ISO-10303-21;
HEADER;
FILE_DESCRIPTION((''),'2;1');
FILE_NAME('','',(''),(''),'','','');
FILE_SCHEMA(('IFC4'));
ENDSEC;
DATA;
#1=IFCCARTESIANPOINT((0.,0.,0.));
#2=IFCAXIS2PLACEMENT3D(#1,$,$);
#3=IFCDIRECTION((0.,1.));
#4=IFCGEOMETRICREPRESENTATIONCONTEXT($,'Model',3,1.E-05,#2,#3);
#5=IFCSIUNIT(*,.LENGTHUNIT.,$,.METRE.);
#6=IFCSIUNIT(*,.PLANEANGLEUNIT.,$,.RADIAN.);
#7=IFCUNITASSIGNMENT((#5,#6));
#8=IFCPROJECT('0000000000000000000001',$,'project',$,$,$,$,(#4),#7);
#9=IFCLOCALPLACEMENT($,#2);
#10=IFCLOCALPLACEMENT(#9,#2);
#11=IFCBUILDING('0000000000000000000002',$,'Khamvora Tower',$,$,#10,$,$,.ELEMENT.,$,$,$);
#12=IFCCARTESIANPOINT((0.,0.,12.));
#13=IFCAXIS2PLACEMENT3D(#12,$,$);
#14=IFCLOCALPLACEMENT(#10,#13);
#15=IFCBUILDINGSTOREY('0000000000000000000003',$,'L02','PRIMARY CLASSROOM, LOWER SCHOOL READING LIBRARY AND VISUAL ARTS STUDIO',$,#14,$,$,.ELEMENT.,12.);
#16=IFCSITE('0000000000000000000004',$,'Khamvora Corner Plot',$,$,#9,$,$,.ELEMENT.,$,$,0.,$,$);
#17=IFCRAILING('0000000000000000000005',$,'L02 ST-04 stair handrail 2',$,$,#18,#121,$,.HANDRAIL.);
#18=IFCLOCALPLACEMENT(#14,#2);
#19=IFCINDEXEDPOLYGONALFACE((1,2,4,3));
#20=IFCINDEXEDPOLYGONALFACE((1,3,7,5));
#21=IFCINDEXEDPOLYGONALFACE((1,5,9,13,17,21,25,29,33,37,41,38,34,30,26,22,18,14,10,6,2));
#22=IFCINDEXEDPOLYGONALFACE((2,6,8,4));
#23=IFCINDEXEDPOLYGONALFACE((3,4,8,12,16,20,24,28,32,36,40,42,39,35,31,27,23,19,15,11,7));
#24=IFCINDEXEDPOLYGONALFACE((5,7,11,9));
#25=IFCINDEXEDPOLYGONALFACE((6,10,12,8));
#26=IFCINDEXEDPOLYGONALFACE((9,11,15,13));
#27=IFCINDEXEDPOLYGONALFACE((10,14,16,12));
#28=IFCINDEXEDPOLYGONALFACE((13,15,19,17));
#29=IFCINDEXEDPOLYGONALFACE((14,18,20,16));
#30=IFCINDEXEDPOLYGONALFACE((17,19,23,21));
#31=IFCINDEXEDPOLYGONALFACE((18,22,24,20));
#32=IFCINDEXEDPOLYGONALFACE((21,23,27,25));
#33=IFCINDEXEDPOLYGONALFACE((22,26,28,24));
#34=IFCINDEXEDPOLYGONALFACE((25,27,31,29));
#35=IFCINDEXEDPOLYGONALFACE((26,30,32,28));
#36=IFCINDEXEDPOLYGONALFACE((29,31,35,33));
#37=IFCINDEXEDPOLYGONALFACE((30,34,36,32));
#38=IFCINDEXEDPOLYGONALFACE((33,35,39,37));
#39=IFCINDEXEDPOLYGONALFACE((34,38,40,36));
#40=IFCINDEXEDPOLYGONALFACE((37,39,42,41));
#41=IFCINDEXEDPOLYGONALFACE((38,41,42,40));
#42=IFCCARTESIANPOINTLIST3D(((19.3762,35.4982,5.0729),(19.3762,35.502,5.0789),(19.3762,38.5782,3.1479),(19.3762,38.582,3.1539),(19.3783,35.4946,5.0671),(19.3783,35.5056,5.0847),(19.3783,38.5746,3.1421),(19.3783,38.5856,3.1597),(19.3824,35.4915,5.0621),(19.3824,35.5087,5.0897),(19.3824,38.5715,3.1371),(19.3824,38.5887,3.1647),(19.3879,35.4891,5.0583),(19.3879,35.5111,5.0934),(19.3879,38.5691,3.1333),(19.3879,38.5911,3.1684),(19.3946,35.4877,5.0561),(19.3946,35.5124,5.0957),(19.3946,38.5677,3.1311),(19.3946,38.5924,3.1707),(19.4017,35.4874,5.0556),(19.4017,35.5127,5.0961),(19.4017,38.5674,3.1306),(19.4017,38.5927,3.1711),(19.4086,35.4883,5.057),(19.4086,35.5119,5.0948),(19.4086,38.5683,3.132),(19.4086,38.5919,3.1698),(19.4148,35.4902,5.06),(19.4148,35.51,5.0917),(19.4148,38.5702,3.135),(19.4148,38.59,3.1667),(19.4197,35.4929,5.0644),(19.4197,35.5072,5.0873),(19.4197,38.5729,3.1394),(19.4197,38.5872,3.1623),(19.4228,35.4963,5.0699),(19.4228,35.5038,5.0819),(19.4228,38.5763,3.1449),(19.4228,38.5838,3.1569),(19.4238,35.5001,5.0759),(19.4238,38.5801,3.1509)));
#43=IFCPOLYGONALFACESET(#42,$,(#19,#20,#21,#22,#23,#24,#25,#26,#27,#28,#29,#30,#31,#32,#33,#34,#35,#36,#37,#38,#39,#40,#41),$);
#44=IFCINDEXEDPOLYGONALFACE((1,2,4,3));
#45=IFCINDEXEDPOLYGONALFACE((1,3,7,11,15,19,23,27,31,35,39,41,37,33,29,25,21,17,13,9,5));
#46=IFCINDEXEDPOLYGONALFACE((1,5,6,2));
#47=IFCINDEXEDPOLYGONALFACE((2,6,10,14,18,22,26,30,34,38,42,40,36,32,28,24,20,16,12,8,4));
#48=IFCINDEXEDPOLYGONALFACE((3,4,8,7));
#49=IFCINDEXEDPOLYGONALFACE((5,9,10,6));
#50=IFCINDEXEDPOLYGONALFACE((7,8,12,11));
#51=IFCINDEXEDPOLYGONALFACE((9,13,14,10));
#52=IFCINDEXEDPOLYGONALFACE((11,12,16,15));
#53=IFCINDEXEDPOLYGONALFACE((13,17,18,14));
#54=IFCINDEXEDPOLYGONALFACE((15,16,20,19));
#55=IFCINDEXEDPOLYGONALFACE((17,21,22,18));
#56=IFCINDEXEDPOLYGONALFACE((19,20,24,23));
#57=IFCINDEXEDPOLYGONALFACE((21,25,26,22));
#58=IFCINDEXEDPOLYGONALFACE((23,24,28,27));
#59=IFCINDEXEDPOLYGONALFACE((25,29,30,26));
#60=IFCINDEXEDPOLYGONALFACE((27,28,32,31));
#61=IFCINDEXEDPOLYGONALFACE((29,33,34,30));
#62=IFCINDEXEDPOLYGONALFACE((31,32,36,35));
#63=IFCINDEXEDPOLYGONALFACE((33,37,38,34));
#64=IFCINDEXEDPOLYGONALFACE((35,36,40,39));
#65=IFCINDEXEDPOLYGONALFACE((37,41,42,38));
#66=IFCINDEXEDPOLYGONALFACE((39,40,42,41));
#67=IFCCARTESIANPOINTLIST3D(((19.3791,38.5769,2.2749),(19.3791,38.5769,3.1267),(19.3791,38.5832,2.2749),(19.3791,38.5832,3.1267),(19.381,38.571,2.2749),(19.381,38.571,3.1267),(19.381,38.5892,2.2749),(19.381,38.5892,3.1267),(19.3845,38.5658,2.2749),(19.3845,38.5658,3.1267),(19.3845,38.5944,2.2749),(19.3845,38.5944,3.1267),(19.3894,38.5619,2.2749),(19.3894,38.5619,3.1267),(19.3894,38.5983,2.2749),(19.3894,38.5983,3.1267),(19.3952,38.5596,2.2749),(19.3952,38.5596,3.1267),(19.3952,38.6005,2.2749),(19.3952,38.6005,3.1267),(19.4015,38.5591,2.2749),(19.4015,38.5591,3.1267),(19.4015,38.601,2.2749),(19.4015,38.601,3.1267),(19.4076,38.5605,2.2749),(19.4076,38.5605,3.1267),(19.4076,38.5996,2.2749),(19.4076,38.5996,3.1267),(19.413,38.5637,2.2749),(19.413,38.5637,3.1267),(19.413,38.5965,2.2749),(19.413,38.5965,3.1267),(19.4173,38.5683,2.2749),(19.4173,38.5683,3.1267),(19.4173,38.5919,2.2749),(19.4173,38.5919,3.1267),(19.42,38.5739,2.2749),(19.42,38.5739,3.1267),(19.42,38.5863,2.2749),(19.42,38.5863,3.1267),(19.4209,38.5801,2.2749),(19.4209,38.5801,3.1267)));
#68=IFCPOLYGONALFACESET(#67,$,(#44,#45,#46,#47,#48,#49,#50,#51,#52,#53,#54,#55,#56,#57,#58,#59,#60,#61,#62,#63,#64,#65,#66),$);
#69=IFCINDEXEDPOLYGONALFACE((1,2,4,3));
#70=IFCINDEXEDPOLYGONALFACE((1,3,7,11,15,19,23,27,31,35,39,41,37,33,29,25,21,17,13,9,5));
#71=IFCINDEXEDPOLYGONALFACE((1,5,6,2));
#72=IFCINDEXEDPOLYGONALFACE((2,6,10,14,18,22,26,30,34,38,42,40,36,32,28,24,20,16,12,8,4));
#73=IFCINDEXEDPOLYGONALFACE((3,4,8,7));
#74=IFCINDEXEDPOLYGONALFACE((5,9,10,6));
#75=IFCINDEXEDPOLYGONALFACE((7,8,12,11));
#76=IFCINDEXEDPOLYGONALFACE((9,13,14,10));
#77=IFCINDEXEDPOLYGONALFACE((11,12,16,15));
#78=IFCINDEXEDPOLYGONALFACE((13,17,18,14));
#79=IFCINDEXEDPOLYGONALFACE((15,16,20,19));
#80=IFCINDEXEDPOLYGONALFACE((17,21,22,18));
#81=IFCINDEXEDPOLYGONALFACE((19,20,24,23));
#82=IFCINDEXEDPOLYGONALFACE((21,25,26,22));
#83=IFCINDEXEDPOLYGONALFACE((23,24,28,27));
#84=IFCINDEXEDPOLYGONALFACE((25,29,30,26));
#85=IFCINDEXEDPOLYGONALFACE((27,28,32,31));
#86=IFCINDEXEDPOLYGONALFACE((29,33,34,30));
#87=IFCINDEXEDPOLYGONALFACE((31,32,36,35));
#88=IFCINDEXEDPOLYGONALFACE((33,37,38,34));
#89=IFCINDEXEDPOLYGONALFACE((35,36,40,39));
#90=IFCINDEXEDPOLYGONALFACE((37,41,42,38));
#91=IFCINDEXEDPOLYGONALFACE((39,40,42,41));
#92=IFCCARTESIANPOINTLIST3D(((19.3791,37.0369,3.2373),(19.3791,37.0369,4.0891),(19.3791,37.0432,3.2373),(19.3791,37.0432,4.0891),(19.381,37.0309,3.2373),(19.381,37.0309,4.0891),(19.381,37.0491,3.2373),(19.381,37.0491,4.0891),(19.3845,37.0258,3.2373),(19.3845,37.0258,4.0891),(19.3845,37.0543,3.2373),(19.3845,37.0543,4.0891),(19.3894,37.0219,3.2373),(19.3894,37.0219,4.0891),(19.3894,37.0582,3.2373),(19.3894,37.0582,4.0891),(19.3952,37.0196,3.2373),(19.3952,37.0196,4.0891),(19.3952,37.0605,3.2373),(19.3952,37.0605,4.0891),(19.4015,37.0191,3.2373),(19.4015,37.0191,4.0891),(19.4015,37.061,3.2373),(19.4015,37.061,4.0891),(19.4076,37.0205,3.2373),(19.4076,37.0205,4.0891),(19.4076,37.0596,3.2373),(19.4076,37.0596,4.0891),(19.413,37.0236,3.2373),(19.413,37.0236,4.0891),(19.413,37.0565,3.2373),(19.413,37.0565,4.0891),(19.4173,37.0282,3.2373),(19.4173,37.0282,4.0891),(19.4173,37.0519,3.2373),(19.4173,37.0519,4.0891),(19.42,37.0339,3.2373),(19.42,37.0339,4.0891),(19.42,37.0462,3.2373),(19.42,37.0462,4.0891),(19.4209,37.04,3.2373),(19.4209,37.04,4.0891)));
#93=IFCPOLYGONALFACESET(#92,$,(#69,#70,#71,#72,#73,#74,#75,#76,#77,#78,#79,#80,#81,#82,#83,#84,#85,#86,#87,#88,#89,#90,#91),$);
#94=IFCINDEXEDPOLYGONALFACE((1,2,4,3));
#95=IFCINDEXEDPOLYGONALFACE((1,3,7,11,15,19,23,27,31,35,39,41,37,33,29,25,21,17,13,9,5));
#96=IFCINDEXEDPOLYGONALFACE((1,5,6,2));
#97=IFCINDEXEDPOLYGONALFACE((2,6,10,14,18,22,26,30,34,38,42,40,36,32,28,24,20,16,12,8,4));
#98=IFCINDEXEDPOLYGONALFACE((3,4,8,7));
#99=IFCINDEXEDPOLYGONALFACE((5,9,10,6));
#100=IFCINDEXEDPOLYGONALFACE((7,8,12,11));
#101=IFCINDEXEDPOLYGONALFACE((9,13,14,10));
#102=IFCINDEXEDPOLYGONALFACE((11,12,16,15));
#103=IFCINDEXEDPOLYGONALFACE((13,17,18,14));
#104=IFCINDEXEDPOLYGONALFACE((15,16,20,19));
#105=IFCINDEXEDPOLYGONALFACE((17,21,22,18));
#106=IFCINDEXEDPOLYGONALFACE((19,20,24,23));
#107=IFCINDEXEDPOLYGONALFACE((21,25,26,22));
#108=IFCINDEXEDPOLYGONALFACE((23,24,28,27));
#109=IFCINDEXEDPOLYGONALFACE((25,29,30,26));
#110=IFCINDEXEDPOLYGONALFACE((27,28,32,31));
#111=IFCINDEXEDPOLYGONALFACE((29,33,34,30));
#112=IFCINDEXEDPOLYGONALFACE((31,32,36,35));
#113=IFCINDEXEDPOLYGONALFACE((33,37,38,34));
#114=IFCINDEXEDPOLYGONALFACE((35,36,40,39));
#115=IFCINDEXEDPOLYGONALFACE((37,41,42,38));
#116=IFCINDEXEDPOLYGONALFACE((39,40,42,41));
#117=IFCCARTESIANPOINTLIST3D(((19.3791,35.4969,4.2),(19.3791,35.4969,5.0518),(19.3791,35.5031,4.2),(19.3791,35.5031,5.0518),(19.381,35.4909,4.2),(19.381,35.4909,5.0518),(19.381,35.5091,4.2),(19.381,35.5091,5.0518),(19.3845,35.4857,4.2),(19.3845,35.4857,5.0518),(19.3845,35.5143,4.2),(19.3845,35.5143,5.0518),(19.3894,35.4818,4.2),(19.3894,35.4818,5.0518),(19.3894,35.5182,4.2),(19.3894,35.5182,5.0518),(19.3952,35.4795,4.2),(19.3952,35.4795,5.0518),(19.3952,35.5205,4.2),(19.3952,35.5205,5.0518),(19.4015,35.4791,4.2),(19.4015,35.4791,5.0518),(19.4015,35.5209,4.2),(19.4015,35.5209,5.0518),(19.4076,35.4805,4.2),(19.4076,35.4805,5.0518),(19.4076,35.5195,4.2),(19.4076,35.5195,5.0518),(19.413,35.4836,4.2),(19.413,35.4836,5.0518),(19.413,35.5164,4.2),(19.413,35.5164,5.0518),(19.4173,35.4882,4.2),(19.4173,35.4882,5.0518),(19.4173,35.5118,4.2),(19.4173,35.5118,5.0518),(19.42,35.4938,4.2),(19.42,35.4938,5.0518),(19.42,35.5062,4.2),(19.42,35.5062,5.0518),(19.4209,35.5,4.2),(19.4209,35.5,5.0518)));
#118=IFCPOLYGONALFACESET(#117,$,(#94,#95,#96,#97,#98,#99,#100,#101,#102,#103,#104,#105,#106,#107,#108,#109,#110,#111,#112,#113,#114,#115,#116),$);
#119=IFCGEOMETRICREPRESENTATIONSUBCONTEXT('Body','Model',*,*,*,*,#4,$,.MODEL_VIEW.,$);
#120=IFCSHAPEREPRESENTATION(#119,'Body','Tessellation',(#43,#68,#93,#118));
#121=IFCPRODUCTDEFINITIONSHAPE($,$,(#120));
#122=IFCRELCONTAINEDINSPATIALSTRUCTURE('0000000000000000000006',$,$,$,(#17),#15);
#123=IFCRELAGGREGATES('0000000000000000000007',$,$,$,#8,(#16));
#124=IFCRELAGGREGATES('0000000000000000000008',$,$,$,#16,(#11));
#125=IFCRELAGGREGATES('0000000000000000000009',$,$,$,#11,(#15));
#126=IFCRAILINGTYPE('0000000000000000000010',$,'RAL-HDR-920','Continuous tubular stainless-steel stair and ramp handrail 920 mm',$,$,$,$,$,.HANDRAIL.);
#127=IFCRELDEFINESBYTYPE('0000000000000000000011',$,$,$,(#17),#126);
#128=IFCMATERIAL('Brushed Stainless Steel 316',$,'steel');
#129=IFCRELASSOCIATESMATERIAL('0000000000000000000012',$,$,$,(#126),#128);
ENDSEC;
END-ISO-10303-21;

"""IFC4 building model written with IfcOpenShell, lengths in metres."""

from ifc_helpers import new_model, si_unit, direction, frame, origin, origin_2d, place, context, subcontext, project, spatial, circle, extrude, material, type_object, element, save


model = new_model("IFC4")

# Units and contexts
model_context = context("Model", 3, precision=1e-05, world=origin(), true_north=direction((0.0, 1.0)))
body_context = subcontext(model_context, "Body", "Model", "MODEL_VIEW")
ifc_project = project(units=[si_unit("LENGTHUNIT", "METRE"), si_unit("PLANEANGLEUNIT", "RADIAN")], contexts=[model_context])

# Site, building, storey
site_placement = place(None, origin())
site = spatial("IfcSite", under=ifc_project, at=site_placement, Name="Khamvora Corner Plot", CompositionType="ELEMENT", RefElevation=0.0)
building_placement = place(site_placement, origin())
building = spatial("IfcBuilding", under=site, at=building_placement, Name="Khamvora Tower", CompositionType="ELEMENT")
storey_placement = place(building_placement, frame((0.0, 0.0, 12.0)))
storey = spatial("IfcBuildingStorey", under=building, at=storey_placement, Name="L02", Description="PRIMARY CLASSROOM, LOWER SCHOOL READING LIBRARY AND VISUAL ARTS STUDIO", CompositionType="ELEMENT", Elevation=12.0)

# Railing
ifc_material_1 = material(Name="Brushed Stainless Steel 316", Category="steel")
railing_type_1 = type_object("IfcRailingType", Name="RAL-HDR-920", Description="Continuous tubular stainless-steel stair and ramp handrail 920 mm", PredefinedType="HANDRAIL", material=ifc_material_1)
railing_1_placement = place(storey_placement, frame((19.3999, 38.5801, 2.2749)))
element("IfcRailing", 1, at=railing_1_placement, inside=storey, type_object=railing_type_1, Name="L02 ST-04 stair handrail 2", PredefinedType="HANDRAIL", context=body_context, shape_type="SweptSolid", body=[
    extrude(circle(Radius=0.0239, at=origin_2d()), frame((0.0, 0.0, 0.876), z_axis=(0.0, -0.847998, 0.529999), x_axis=(1.0, 0.0, 0.0)), (0.0, 0.0, 1.0), 3.6321),
    extrude(circle(Radius=0.021, at=origin_2d()), origin(), (0.0, 0.0, 1.0), 0.8518),
    extrude(circle(Radius=0.021, at=origin_2d()), frame((0.0, -1.54, 0.9624)), (0.0, 0.0, 1.0), 0.8518),
    extrude(circle(Radius=0.021, at=origin_2d()), frame((0.0, -3.0801, 1.925)), (0.0, 0.0, 1.0), 0.8518),
])

save(model, "model.ifc")
